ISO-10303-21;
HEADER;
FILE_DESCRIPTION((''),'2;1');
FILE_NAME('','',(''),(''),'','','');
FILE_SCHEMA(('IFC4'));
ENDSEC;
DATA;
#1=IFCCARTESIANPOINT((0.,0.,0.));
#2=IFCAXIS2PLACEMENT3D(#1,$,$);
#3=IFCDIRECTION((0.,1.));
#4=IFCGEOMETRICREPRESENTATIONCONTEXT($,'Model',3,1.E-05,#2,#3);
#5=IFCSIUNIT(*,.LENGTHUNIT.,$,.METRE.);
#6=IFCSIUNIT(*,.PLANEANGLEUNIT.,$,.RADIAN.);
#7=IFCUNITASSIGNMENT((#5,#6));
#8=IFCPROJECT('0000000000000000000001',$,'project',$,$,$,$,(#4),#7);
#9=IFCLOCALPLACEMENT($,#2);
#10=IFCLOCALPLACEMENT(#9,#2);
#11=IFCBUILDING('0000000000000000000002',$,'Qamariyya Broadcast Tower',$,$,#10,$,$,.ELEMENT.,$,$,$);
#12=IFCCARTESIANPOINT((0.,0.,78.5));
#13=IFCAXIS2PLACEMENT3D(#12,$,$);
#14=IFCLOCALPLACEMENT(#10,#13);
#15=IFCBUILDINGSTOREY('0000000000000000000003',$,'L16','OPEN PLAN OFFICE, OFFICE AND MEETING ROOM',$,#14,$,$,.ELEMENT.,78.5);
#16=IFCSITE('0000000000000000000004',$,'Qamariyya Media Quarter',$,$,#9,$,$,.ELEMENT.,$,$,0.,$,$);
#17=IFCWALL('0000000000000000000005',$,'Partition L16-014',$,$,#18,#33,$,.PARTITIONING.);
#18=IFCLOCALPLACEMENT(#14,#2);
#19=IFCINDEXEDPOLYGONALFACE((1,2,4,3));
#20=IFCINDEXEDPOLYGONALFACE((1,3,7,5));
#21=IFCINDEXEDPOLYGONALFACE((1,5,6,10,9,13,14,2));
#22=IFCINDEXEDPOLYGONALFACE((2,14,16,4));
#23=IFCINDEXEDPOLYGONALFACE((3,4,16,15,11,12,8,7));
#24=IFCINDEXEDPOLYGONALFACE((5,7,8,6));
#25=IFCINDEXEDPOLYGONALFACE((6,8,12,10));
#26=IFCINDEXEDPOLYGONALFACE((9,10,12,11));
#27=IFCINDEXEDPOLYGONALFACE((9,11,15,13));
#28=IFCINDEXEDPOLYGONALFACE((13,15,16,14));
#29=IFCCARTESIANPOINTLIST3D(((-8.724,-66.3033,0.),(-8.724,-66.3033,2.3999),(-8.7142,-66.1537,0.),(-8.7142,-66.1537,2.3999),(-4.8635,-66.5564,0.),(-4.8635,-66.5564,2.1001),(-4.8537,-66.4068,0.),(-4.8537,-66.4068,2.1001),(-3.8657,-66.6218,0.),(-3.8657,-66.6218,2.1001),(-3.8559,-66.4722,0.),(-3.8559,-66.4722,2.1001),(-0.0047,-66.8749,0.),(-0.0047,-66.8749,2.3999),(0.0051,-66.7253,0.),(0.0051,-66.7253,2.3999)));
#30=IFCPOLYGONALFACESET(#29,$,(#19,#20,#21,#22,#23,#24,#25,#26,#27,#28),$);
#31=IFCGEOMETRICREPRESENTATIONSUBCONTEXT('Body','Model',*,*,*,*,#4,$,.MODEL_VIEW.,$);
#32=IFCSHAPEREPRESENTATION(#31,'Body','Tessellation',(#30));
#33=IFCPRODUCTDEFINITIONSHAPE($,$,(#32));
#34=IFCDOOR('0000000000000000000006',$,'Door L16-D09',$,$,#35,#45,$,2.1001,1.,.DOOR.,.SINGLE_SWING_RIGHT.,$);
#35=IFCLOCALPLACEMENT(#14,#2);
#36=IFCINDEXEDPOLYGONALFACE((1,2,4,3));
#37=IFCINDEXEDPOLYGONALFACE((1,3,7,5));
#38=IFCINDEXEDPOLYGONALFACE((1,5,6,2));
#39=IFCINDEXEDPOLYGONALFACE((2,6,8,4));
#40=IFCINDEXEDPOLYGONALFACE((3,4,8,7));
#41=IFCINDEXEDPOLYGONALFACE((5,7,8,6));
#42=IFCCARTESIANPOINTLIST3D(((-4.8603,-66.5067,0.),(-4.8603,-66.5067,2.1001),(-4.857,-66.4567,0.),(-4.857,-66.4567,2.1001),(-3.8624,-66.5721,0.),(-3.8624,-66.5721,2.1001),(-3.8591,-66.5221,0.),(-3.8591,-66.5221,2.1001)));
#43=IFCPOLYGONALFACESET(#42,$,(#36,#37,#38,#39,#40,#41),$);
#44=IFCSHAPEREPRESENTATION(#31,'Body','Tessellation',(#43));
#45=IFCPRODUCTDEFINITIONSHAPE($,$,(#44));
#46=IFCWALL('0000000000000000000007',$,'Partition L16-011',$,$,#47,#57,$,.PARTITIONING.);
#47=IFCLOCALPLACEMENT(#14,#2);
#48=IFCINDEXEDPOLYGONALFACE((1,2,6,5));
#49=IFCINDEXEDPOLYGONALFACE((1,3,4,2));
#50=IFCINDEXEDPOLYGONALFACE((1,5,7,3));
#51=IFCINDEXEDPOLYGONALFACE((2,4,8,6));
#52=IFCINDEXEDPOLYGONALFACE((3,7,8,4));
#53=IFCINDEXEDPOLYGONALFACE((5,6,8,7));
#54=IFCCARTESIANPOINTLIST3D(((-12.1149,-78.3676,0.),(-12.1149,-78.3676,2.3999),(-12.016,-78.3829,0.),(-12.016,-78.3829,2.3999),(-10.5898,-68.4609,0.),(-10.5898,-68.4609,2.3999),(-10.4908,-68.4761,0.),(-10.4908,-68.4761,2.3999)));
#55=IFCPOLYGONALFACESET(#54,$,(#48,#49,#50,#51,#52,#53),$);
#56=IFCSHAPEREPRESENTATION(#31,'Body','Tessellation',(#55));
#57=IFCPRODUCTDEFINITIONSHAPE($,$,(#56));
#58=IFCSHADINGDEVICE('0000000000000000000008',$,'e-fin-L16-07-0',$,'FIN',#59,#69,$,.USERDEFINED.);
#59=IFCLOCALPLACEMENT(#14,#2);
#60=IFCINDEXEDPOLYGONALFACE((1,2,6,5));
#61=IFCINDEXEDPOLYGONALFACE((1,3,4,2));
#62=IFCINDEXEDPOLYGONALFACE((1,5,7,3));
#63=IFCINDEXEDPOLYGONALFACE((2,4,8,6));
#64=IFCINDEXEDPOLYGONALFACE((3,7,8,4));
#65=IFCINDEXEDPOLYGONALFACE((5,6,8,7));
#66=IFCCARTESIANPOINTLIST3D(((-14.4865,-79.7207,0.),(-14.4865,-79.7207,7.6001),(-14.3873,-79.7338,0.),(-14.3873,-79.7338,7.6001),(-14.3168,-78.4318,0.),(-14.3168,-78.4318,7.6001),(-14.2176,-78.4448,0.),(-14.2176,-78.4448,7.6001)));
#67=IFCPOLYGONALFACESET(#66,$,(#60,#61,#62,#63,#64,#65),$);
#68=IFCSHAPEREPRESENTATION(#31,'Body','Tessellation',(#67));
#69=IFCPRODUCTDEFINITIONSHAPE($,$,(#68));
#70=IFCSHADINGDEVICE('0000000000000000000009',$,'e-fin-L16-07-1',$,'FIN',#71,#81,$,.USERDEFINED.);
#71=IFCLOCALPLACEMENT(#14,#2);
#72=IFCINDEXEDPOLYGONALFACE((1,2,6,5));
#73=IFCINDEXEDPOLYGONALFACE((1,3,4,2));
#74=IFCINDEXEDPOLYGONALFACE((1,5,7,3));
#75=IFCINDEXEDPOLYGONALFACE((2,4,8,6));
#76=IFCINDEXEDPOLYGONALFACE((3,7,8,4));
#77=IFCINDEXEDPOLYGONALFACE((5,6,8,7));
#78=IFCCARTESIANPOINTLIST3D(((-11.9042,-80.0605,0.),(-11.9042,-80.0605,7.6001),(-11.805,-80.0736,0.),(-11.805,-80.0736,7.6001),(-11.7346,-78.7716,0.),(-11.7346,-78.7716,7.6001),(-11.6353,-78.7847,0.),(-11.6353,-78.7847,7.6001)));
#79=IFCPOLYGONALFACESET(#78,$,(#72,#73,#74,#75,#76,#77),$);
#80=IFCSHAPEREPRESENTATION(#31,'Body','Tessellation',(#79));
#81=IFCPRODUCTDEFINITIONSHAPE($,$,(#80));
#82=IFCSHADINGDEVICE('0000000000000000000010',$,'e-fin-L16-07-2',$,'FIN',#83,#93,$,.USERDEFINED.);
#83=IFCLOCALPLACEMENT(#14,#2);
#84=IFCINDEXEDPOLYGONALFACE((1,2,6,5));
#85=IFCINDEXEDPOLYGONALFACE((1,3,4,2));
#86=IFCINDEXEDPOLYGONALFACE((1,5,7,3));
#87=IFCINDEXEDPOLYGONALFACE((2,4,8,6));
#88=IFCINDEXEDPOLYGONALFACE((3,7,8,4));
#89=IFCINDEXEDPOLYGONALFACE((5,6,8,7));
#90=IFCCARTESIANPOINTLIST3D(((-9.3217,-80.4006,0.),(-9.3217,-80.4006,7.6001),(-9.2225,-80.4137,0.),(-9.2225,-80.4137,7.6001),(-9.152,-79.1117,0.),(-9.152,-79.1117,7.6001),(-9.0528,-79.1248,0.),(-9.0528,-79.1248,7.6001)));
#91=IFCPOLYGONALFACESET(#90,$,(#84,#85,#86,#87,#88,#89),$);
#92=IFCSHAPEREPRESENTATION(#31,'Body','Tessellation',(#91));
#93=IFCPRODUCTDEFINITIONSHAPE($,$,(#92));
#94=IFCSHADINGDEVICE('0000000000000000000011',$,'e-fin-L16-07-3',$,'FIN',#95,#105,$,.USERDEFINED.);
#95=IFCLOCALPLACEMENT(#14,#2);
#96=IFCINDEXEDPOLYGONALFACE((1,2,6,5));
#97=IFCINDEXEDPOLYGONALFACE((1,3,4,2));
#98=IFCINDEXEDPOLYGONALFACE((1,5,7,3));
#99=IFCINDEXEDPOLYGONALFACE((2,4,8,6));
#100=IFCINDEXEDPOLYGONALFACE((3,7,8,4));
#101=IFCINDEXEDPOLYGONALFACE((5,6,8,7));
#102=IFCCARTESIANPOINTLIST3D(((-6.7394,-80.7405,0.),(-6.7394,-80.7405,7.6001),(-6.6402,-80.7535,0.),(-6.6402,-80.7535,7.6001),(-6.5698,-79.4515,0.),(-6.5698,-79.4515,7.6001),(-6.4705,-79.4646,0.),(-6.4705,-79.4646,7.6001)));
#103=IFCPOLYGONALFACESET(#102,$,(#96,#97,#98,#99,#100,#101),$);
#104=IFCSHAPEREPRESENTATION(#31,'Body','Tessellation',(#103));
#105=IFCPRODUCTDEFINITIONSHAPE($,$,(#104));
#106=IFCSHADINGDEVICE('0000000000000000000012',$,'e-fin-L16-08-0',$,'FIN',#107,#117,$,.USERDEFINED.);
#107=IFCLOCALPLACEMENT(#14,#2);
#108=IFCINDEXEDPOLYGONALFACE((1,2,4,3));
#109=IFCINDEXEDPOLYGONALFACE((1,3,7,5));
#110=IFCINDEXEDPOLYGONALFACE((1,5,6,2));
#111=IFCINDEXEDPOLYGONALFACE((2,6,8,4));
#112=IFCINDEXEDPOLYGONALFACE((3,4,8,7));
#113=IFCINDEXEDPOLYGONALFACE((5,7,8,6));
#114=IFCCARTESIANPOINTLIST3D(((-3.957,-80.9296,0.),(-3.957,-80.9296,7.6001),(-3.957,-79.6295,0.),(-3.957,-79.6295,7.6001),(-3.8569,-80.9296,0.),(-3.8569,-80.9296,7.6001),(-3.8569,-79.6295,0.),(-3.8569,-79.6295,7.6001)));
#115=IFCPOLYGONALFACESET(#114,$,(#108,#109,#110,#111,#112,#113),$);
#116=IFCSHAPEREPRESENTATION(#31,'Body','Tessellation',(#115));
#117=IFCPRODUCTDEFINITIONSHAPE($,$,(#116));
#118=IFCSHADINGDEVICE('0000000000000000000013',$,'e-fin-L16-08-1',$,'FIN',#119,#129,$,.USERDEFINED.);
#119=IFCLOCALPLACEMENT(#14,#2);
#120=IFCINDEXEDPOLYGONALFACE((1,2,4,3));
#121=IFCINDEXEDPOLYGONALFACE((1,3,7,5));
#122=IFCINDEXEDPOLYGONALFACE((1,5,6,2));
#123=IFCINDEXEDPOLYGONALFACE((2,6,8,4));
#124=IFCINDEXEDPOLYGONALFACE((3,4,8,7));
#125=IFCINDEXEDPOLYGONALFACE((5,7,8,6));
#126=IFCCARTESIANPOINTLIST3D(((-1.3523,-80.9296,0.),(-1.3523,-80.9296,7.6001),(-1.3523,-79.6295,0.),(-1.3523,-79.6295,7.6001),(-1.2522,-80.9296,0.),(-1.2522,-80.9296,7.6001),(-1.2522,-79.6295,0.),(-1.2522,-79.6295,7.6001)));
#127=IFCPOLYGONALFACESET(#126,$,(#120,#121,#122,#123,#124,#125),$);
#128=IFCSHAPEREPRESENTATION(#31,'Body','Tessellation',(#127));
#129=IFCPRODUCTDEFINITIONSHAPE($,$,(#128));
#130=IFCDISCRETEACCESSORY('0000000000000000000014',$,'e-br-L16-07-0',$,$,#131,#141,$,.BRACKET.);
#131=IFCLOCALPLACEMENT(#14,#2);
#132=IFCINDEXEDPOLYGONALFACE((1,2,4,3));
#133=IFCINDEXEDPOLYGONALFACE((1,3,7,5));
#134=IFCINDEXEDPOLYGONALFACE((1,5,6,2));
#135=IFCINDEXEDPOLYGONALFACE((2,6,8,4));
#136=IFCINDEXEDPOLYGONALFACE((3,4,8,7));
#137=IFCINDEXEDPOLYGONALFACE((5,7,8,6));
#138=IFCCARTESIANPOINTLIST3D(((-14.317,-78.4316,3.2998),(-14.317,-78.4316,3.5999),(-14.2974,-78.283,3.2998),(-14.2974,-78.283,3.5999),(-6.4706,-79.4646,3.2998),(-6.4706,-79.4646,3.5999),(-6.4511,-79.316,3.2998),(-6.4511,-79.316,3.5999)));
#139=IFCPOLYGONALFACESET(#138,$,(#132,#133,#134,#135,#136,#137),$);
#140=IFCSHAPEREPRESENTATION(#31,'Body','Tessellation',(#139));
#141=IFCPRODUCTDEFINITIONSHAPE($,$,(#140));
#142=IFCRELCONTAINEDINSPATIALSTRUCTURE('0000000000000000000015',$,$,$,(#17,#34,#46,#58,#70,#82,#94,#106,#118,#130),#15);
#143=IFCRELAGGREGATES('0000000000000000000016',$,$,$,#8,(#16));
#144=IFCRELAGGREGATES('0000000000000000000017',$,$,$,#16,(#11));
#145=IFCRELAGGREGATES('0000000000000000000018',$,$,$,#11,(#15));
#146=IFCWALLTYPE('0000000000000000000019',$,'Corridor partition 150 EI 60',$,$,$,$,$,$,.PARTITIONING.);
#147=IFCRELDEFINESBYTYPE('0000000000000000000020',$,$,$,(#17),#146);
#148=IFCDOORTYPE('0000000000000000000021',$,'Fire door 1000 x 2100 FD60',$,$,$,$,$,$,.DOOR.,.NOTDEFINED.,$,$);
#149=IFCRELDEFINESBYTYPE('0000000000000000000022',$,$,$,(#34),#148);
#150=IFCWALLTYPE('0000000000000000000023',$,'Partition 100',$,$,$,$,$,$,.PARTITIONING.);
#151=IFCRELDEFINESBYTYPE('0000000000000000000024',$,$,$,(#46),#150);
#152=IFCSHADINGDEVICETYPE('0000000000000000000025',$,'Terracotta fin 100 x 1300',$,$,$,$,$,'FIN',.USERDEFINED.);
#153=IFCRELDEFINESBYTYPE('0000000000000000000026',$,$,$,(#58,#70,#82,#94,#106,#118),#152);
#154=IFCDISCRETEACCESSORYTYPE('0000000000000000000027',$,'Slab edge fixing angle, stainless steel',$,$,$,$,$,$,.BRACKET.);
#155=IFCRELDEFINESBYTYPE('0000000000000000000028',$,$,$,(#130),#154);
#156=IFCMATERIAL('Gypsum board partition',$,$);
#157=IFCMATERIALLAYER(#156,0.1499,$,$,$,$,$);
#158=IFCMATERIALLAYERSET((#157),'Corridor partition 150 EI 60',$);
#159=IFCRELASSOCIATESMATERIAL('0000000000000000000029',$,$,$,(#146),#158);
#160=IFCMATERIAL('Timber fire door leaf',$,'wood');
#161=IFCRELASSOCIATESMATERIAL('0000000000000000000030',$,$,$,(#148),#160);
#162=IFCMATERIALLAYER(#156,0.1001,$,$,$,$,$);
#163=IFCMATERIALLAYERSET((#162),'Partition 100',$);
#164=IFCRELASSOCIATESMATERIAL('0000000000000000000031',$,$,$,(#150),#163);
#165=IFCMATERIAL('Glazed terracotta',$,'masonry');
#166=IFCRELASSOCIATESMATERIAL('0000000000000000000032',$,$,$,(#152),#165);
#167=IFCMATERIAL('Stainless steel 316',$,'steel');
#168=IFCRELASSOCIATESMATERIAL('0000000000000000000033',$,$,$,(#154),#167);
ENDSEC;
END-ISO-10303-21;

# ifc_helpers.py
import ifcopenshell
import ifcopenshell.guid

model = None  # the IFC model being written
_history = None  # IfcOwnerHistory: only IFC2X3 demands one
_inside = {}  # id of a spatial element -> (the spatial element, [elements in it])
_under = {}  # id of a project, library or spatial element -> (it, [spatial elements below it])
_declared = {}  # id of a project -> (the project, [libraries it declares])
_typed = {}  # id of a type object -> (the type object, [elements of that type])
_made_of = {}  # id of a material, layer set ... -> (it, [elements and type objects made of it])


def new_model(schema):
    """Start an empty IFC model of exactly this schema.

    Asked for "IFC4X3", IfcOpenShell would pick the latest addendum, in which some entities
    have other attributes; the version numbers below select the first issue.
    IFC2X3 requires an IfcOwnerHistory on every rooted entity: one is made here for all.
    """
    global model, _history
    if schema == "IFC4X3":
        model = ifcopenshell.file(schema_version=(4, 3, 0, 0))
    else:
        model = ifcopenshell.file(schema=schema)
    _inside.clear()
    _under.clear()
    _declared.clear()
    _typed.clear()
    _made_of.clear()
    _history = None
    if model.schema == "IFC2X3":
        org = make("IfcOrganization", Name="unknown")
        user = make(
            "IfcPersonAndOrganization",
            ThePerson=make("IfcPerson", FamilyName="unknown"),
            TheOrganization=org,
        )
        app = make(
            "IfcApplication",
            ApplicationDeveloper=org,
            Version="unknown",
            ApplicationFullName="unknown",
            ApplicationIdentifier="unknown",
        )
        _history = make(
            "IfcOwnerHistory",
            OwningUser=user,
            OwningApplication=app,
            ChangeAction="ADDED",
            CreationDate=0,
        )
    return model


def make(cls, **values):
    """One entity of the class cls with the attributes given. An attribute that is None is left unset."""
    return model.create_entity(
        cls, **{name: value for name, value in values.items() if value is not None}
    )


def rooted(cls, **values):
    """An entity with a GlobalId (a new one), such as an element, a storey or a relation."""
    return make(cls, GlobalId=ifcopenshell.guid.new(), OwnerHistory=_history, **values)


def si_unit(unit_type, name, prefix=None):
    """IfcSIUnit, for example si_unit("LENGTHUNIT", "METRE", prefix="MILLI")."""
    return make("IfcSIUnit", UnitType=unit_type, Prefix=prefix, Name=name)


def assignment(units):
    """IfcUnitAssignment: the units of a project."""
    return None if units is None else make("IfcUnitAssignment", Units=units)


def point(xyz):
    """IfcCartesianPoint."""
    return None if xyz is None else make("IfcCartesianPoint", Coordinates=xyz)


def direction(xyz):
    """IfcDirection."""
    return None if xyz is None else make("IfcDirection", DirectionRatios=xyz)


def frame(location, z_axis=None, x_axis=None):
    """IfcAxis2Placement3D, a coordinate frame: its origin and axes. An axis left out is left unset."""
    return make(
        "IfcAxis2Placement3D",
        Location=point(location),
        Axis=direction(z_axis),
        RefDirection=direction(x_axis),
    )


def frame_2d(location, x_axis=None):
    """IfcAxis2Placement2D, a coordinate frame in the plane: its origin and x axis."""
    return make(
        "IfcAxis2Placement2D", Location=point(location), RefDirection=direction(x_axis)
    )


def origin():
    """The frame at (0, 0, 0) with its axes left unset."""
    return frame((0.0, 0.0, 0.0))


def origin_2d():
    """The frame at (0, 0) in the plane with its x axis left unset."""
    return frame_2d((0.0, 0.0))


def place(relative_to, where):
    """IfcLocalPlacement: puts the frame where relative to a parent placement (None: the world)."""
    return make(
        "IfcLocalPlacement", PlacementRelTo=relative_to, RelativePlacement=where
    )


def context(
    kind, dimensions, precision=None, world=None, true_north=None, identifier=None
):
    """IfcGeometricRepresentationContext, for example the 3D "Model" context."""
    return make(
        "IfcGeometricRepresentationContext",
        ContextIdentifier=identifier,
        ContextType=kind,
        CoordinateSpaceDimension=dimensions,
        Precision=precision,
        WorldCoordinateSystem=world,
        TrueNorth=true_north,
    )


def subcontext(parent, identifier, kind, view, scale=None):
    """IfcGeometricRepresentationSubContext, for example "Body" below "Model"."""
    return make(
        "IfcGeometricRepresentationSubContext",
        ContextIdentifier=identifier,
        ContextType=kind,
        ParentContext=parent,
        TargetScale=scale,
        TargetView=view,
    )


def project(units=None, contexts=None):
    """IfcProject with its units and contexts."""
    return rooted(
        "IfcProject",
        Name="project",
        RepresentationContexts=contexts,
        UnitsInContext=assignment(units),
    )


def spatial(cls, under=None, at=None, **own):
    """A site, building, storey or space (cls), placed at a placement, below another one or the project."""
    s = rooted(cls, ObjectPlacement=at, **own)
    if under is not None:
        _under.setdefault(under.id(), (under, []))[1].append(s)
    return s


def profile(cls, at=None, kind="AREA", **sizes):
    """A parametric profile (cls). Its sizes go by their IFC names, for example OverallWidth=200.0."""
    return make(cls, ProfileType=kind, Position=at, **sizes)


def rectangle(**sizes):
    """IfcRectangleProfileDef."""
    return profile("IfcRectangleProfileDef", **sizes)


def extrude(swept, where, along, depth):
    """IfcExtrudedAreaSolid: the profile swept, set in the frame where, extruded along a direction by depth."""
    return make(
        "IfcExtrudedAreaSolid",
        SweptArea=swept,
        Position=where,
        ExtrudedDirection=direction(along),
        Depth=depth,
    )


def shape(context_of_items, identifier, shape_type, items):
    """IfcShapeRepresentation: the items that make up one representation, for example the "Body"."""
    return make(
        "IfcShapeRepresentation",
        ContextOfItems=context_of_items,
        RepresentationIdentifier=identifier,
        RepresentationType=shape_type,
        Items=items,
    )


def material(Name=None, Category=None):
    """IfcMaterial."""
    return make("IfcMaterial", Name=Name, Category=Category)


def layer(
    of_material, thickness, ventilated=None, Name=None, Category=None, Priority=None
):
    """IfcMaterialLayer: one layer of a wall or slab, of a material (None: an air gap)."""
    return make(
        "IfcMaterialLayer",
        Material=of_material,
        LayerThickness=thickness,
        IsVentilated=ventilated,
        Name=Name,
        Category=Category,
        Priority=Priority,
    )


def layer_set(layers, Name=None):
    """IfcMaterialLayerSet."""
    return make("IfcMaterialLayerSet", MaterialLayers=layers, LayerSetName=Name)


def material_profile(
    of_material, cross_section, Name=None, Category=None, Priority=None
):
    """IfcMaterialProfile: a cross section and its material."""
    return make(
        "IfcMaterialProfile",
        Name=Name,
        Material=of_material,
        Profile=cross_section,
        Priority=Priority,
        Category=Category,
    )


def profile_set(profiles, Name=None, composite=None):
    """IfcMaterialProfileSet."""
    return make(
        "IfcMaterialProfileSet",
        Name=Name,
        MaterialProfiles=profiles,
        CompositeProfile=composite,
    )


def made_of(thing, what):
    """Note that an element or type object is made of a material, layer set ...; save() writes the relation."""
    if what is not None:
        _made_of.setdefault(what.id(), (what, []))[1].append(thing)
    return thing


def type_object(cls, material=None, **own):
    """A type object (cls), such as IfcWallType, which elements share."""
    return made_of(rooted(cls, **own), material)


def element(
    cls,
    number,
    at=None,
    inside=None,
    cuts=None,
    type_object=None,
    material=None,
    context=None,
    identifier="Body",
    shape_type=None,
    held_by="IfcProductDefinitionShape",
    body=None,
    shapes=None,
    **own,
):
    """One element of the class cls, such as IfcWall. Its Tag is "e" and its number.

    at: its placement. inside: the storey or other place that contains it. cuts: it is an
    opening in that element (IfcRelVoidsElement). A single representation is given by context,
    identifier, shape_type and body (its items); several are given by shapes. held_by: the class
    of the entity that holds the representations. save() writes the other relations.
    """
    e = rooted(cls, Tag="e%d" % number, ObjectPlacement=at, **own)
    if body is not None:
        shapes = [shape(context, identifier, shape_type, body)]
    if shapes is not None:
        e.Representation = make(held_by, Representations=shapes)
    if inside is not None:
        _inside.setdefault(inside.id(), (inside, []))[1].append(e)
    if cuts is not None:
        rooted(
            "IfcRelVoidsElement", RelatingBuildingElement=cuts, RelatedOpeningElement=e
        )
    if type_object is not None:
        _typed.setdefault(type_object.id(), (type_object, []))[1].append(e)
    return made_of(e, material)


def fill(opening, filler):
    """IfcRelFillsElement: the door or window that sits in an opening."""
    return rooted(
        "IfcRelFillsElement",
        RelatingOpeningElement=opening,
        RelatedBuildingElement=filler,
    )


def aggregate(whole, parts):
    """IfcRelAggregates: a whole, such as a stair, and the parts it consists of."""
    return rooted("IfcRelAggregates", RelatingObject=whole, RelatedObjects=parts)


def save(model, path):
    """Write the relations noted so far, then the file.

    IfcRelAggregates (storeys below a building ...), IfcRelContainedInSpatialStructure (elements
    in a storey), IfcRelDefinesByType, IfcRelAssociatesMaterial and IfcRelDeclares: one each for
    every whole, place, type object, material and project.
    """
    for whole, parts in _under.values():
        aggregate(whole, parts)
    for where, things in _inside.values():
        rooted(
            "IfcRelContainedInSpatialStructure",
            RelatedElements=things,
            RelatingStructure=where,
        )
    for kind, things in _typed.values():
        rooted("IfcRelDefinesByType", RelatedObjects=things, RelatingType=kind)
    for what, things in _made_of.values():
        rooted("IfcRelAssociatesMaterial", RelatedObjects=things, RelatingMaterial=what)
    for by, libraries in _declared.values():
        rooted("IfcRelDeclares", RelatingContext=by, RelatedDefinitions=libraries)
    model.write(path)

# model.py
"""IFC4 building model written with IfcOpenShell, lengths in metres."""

from ifc_helpers import new_model, si_unit, direction, frame, frame_2d, origin, origin_2d, place, context, subcontext, project, spatial, rectangle, extrude, material, layer, layer_set, material_profile, profile_set, type_object, element, fill, save


model = new_model("IFC4")

# Units and contexts
model_context = context("Model", 3, precision=1e-05, world=origin(), true_north=direction((0.0, 1.0)))
body_context = subcontext(model_context, "Body", "Model", "MODEL_VIEW")
ifc_project = project(units=[si_unit("LENGTHUNIT", "METRE"), si_unit("PLANEANGLEUNIT", "RADIAN")], contexts=[model_context])

# Site, building, storey
site_placement = place(None, origin())
site = spatial("IfcSite", under=ifc_project, at=site_placement, Name="Qamariyya Media Quarter", CompositionType="ELEMENT", RefElevation=0.0)
building_placement = place(site_placement, origin())
building = spatial("IfcBuilding", under=site, at=building_placement, Name="Qamariyya Broadcast Tower", CompositionType="ELEMENT")
storey_placement = place(building_placement, frame((0.0, 0.0, 78.5)))
storey = spatial("IfcBuildingStorey", under=building, at=storey_placement, Name="L16", Description="OPEN PLAN OFFICE, OFFICE AND MEETING ROOM", CompositionType="ELEMENT", Elevation=78.5)

# Wall, opening, door
ifc_material_1 = material(Name="Gypsum board partition")
ifc_layer_1 = layer(ifc_material_1, 0.1499)
ifc_layer_set_1 = layer_set([ifc_layer_1], Name="Corridor partition 150 EI 60")
wall_type_1 = type_object("IfcWallType", Name="Corridor partition 150 EI 60", PredefinedType="PARTITIONING", material=ifc_layer_set_1)
ifc_material_2 = material(Name="Timber fire door leaf", Category="wood")
door_type_1 = type_object("IfcDoorType", Name="Fire door 1000 x 2100 FD60", OperationType="NOTDEFINED", PredefinedType="DOOR", material=ifc_material_2)
wall_1_placement = place(storey_placement, frame((-8.7192, -66.2285, 0.0), z_axis=(0.0, 0.0, 1.0), x_axis=(0.997859, -0.065408, 0.0)))
wall_1 = element("IfcWall", 1, at=wall_1_placement, inside=storey, type_object=wall_type_1, Name="Partition L16-014", PredefinedType="PARTITIONING", context=body_context, shape_type="SweptSolid", body=[
    extrude(rectangle(XDim=8.738, YDim=0.1499, at=frame_2d((4.3691, 0.0))), origin(), (0.0, 0.0, 1.0), 2.3999),
])
opening_1_placement = place(wall_1_placement, frame((3.8689, 0.0, 0.0)))
opening_1 = element("IfcOpeningElement", 2, at=opening_1_placement, cuts=wall_1, PredefinedType="OPENING", context=body_context, shape_type="SweptSolid", body=[
    extrude(rectangle(XDim=1.0, YDim=2.1001, at=frame_2d((0.5, 1.05))), frame((0.0, 0.085, 0.0), z_axis=(0.0, -1.0, 0.0), x_axis=(1.0, 0.0, 0.0)), (0.0, 0.0, 1.0), 0.1699),
])
door_1_placement = place(opening_1_placement, origin())
door_1 = element("IfcDoor", 3, at=door_1_placement, inside=storey, type_object=door_type_1, Name="Door L16-D09", OperationType="SINGLE_SWING_RIGHT", OverallHeight=2.1001, OverallWidth=1.0, PredefinedType="DOOR", context=body_context, shape_type="SweptSolid", body=[
    extrude(rectangle(XDim=1.0, YDim=2.1001, at=frame_2d((0.5, 1.05))), frame((0.0, 0.0249, 0.0), z_axis=(0.0, -1.0, 0.0), x_axis=(1.0, 0.0, 0.0)), (0.0, 0.0, 1.0), 0.05),
])
fill(opening_1, door_1)

# Wall
ifc_layer_2 = layer(ifc_material_1, 0.1001)
ifc_layer_set_2 = layer_set([ifc_layer_2], Name="Partition 100")
wall_type_2 = type_object("IfcWallType", Name="Partition 100", PredefinedType="PARTITIONING", material=ifc_layer_set_2)
wall_2_placement = place(storey_placement, frame((-12.0654, -78.3752, 0.0), z_axis=(0.0, 0.0, 1.0), x_axis=(0.152158, 0.988356, 0.0)))
element("IfcWall", 4, at=wall_2_placement, inside=storey, type_object=wall_type_2, Name="Partition L16-011", PredefinedType="PARTITIONING", context=body_context, shape_type="SweptSolid", body=[
    extrude(rectangle(XDim=10.0234, YDim=0.1001, at=frame_2d((5.0117, 0.0))), origin(), (0.0, 0.0, 1.0), 2.3999),
])

# Shading devices
ifc_material_3 = material(Name="Glazed terracotta", Category="masonry")
ifc_material_profile_1 = material_profile(ifc_material_3, rectangle(XDim=1.3, YDim=0.1001, at=origin_2d()))
ifc_profile_set_1 = profile_set([ifc_material_profile_1], Name="Glazed terracotta")
shading_device_type_1 = type_object("IfcShadingDeviceType", Name="Terracotta fin 100 x 1300", ElementType="FIN", PredefinedType="USERDEFINED", material=ifc_profile_set_1)
for number, where, z_axis, x_axis, name in (
    (5, (-14.3521, -79.0828, 0.0), (0.0, 0.0, 1.0), (-0.130526, -0.991445, 0.0), "e-fin-L16-07-0"),
    (6, (-11.7698, -79.4226, 0.0), (0.0, 0.0, 1.0), (-0.130526, -0.991445, 0.0), "e-fin-L16-07-1"),
    (7, (-9.1873, -79.7627, 0.0), (0.0, 0.0, 1.0), (-0.130526, -0.991445, 0.0), "e-fin-L16-07-2"),
    (8, (-6.605, -80.1025, 0.0), (0.0, 0.0, 1.0), (-0.130526, -0.991445, 0.0), "e-fin-L16-07-3"),
    (9, (-3.907, -80.2795, 0.0), (0.0, 0.0, 1.0), (0.0, -1.0, 0.0), "e-fin-L16-08-0"),
    (10, (-1.3022, -80.2795, 0.0), (0.0, 0.0, 1.0), (0.0, -1.0, 0.0), "e-fin-L16-08-1"),
):
    element("IfcShadingDevice", number, at=place(storey_placement, frame(where, z_axis=z_axis, x_axis=x_axis)), inside=storey, type_object=shading_device_type_1, Name=name, ObjectType="FIN", PredefinedType="USERDEFINED", context=body_context, shape_type="SweptSolid", body=[
        extrude(rectangle(XDim=1.3, YDim=0.1001, at=origin_2d()), origin(), (0.0, 0.0, 1.0), 7.6001),
    ])

# Discrete accessory
ifc_material_4 = material(Name="Stainless steel 316", Category="steel")
discrete_accessory_type = type_object("IfcDiscreteAccessoryType", Name="Slab edge fixing angle, stainless steel", PredefinedType="BRACKET", material=ifc_material_4)
discrete_accessory_placement = place(storey_placement, frame((-10.384, -78.8738, 3.2998), z_axis=(0.0, 0.0, 1.0), x_axis=(0.991445, -0.130526, 0.0)))
element("IfcDiscreteAccessory", 11, at=discrete_accessory_placement, inside=storey, type_object=discrete_accessory_type, Name="e-br-L16-07-0", PredefinedType="BRACKET", context=body_context, shape_type="SweptSolid", body=[
    extrude(rectangle(XDim=7.9141, YDim=0.1499, at=origin_2d()), origin(), (0.0, 0.0, 1.0), 0.3),
])

save(model, "model.ifc")
